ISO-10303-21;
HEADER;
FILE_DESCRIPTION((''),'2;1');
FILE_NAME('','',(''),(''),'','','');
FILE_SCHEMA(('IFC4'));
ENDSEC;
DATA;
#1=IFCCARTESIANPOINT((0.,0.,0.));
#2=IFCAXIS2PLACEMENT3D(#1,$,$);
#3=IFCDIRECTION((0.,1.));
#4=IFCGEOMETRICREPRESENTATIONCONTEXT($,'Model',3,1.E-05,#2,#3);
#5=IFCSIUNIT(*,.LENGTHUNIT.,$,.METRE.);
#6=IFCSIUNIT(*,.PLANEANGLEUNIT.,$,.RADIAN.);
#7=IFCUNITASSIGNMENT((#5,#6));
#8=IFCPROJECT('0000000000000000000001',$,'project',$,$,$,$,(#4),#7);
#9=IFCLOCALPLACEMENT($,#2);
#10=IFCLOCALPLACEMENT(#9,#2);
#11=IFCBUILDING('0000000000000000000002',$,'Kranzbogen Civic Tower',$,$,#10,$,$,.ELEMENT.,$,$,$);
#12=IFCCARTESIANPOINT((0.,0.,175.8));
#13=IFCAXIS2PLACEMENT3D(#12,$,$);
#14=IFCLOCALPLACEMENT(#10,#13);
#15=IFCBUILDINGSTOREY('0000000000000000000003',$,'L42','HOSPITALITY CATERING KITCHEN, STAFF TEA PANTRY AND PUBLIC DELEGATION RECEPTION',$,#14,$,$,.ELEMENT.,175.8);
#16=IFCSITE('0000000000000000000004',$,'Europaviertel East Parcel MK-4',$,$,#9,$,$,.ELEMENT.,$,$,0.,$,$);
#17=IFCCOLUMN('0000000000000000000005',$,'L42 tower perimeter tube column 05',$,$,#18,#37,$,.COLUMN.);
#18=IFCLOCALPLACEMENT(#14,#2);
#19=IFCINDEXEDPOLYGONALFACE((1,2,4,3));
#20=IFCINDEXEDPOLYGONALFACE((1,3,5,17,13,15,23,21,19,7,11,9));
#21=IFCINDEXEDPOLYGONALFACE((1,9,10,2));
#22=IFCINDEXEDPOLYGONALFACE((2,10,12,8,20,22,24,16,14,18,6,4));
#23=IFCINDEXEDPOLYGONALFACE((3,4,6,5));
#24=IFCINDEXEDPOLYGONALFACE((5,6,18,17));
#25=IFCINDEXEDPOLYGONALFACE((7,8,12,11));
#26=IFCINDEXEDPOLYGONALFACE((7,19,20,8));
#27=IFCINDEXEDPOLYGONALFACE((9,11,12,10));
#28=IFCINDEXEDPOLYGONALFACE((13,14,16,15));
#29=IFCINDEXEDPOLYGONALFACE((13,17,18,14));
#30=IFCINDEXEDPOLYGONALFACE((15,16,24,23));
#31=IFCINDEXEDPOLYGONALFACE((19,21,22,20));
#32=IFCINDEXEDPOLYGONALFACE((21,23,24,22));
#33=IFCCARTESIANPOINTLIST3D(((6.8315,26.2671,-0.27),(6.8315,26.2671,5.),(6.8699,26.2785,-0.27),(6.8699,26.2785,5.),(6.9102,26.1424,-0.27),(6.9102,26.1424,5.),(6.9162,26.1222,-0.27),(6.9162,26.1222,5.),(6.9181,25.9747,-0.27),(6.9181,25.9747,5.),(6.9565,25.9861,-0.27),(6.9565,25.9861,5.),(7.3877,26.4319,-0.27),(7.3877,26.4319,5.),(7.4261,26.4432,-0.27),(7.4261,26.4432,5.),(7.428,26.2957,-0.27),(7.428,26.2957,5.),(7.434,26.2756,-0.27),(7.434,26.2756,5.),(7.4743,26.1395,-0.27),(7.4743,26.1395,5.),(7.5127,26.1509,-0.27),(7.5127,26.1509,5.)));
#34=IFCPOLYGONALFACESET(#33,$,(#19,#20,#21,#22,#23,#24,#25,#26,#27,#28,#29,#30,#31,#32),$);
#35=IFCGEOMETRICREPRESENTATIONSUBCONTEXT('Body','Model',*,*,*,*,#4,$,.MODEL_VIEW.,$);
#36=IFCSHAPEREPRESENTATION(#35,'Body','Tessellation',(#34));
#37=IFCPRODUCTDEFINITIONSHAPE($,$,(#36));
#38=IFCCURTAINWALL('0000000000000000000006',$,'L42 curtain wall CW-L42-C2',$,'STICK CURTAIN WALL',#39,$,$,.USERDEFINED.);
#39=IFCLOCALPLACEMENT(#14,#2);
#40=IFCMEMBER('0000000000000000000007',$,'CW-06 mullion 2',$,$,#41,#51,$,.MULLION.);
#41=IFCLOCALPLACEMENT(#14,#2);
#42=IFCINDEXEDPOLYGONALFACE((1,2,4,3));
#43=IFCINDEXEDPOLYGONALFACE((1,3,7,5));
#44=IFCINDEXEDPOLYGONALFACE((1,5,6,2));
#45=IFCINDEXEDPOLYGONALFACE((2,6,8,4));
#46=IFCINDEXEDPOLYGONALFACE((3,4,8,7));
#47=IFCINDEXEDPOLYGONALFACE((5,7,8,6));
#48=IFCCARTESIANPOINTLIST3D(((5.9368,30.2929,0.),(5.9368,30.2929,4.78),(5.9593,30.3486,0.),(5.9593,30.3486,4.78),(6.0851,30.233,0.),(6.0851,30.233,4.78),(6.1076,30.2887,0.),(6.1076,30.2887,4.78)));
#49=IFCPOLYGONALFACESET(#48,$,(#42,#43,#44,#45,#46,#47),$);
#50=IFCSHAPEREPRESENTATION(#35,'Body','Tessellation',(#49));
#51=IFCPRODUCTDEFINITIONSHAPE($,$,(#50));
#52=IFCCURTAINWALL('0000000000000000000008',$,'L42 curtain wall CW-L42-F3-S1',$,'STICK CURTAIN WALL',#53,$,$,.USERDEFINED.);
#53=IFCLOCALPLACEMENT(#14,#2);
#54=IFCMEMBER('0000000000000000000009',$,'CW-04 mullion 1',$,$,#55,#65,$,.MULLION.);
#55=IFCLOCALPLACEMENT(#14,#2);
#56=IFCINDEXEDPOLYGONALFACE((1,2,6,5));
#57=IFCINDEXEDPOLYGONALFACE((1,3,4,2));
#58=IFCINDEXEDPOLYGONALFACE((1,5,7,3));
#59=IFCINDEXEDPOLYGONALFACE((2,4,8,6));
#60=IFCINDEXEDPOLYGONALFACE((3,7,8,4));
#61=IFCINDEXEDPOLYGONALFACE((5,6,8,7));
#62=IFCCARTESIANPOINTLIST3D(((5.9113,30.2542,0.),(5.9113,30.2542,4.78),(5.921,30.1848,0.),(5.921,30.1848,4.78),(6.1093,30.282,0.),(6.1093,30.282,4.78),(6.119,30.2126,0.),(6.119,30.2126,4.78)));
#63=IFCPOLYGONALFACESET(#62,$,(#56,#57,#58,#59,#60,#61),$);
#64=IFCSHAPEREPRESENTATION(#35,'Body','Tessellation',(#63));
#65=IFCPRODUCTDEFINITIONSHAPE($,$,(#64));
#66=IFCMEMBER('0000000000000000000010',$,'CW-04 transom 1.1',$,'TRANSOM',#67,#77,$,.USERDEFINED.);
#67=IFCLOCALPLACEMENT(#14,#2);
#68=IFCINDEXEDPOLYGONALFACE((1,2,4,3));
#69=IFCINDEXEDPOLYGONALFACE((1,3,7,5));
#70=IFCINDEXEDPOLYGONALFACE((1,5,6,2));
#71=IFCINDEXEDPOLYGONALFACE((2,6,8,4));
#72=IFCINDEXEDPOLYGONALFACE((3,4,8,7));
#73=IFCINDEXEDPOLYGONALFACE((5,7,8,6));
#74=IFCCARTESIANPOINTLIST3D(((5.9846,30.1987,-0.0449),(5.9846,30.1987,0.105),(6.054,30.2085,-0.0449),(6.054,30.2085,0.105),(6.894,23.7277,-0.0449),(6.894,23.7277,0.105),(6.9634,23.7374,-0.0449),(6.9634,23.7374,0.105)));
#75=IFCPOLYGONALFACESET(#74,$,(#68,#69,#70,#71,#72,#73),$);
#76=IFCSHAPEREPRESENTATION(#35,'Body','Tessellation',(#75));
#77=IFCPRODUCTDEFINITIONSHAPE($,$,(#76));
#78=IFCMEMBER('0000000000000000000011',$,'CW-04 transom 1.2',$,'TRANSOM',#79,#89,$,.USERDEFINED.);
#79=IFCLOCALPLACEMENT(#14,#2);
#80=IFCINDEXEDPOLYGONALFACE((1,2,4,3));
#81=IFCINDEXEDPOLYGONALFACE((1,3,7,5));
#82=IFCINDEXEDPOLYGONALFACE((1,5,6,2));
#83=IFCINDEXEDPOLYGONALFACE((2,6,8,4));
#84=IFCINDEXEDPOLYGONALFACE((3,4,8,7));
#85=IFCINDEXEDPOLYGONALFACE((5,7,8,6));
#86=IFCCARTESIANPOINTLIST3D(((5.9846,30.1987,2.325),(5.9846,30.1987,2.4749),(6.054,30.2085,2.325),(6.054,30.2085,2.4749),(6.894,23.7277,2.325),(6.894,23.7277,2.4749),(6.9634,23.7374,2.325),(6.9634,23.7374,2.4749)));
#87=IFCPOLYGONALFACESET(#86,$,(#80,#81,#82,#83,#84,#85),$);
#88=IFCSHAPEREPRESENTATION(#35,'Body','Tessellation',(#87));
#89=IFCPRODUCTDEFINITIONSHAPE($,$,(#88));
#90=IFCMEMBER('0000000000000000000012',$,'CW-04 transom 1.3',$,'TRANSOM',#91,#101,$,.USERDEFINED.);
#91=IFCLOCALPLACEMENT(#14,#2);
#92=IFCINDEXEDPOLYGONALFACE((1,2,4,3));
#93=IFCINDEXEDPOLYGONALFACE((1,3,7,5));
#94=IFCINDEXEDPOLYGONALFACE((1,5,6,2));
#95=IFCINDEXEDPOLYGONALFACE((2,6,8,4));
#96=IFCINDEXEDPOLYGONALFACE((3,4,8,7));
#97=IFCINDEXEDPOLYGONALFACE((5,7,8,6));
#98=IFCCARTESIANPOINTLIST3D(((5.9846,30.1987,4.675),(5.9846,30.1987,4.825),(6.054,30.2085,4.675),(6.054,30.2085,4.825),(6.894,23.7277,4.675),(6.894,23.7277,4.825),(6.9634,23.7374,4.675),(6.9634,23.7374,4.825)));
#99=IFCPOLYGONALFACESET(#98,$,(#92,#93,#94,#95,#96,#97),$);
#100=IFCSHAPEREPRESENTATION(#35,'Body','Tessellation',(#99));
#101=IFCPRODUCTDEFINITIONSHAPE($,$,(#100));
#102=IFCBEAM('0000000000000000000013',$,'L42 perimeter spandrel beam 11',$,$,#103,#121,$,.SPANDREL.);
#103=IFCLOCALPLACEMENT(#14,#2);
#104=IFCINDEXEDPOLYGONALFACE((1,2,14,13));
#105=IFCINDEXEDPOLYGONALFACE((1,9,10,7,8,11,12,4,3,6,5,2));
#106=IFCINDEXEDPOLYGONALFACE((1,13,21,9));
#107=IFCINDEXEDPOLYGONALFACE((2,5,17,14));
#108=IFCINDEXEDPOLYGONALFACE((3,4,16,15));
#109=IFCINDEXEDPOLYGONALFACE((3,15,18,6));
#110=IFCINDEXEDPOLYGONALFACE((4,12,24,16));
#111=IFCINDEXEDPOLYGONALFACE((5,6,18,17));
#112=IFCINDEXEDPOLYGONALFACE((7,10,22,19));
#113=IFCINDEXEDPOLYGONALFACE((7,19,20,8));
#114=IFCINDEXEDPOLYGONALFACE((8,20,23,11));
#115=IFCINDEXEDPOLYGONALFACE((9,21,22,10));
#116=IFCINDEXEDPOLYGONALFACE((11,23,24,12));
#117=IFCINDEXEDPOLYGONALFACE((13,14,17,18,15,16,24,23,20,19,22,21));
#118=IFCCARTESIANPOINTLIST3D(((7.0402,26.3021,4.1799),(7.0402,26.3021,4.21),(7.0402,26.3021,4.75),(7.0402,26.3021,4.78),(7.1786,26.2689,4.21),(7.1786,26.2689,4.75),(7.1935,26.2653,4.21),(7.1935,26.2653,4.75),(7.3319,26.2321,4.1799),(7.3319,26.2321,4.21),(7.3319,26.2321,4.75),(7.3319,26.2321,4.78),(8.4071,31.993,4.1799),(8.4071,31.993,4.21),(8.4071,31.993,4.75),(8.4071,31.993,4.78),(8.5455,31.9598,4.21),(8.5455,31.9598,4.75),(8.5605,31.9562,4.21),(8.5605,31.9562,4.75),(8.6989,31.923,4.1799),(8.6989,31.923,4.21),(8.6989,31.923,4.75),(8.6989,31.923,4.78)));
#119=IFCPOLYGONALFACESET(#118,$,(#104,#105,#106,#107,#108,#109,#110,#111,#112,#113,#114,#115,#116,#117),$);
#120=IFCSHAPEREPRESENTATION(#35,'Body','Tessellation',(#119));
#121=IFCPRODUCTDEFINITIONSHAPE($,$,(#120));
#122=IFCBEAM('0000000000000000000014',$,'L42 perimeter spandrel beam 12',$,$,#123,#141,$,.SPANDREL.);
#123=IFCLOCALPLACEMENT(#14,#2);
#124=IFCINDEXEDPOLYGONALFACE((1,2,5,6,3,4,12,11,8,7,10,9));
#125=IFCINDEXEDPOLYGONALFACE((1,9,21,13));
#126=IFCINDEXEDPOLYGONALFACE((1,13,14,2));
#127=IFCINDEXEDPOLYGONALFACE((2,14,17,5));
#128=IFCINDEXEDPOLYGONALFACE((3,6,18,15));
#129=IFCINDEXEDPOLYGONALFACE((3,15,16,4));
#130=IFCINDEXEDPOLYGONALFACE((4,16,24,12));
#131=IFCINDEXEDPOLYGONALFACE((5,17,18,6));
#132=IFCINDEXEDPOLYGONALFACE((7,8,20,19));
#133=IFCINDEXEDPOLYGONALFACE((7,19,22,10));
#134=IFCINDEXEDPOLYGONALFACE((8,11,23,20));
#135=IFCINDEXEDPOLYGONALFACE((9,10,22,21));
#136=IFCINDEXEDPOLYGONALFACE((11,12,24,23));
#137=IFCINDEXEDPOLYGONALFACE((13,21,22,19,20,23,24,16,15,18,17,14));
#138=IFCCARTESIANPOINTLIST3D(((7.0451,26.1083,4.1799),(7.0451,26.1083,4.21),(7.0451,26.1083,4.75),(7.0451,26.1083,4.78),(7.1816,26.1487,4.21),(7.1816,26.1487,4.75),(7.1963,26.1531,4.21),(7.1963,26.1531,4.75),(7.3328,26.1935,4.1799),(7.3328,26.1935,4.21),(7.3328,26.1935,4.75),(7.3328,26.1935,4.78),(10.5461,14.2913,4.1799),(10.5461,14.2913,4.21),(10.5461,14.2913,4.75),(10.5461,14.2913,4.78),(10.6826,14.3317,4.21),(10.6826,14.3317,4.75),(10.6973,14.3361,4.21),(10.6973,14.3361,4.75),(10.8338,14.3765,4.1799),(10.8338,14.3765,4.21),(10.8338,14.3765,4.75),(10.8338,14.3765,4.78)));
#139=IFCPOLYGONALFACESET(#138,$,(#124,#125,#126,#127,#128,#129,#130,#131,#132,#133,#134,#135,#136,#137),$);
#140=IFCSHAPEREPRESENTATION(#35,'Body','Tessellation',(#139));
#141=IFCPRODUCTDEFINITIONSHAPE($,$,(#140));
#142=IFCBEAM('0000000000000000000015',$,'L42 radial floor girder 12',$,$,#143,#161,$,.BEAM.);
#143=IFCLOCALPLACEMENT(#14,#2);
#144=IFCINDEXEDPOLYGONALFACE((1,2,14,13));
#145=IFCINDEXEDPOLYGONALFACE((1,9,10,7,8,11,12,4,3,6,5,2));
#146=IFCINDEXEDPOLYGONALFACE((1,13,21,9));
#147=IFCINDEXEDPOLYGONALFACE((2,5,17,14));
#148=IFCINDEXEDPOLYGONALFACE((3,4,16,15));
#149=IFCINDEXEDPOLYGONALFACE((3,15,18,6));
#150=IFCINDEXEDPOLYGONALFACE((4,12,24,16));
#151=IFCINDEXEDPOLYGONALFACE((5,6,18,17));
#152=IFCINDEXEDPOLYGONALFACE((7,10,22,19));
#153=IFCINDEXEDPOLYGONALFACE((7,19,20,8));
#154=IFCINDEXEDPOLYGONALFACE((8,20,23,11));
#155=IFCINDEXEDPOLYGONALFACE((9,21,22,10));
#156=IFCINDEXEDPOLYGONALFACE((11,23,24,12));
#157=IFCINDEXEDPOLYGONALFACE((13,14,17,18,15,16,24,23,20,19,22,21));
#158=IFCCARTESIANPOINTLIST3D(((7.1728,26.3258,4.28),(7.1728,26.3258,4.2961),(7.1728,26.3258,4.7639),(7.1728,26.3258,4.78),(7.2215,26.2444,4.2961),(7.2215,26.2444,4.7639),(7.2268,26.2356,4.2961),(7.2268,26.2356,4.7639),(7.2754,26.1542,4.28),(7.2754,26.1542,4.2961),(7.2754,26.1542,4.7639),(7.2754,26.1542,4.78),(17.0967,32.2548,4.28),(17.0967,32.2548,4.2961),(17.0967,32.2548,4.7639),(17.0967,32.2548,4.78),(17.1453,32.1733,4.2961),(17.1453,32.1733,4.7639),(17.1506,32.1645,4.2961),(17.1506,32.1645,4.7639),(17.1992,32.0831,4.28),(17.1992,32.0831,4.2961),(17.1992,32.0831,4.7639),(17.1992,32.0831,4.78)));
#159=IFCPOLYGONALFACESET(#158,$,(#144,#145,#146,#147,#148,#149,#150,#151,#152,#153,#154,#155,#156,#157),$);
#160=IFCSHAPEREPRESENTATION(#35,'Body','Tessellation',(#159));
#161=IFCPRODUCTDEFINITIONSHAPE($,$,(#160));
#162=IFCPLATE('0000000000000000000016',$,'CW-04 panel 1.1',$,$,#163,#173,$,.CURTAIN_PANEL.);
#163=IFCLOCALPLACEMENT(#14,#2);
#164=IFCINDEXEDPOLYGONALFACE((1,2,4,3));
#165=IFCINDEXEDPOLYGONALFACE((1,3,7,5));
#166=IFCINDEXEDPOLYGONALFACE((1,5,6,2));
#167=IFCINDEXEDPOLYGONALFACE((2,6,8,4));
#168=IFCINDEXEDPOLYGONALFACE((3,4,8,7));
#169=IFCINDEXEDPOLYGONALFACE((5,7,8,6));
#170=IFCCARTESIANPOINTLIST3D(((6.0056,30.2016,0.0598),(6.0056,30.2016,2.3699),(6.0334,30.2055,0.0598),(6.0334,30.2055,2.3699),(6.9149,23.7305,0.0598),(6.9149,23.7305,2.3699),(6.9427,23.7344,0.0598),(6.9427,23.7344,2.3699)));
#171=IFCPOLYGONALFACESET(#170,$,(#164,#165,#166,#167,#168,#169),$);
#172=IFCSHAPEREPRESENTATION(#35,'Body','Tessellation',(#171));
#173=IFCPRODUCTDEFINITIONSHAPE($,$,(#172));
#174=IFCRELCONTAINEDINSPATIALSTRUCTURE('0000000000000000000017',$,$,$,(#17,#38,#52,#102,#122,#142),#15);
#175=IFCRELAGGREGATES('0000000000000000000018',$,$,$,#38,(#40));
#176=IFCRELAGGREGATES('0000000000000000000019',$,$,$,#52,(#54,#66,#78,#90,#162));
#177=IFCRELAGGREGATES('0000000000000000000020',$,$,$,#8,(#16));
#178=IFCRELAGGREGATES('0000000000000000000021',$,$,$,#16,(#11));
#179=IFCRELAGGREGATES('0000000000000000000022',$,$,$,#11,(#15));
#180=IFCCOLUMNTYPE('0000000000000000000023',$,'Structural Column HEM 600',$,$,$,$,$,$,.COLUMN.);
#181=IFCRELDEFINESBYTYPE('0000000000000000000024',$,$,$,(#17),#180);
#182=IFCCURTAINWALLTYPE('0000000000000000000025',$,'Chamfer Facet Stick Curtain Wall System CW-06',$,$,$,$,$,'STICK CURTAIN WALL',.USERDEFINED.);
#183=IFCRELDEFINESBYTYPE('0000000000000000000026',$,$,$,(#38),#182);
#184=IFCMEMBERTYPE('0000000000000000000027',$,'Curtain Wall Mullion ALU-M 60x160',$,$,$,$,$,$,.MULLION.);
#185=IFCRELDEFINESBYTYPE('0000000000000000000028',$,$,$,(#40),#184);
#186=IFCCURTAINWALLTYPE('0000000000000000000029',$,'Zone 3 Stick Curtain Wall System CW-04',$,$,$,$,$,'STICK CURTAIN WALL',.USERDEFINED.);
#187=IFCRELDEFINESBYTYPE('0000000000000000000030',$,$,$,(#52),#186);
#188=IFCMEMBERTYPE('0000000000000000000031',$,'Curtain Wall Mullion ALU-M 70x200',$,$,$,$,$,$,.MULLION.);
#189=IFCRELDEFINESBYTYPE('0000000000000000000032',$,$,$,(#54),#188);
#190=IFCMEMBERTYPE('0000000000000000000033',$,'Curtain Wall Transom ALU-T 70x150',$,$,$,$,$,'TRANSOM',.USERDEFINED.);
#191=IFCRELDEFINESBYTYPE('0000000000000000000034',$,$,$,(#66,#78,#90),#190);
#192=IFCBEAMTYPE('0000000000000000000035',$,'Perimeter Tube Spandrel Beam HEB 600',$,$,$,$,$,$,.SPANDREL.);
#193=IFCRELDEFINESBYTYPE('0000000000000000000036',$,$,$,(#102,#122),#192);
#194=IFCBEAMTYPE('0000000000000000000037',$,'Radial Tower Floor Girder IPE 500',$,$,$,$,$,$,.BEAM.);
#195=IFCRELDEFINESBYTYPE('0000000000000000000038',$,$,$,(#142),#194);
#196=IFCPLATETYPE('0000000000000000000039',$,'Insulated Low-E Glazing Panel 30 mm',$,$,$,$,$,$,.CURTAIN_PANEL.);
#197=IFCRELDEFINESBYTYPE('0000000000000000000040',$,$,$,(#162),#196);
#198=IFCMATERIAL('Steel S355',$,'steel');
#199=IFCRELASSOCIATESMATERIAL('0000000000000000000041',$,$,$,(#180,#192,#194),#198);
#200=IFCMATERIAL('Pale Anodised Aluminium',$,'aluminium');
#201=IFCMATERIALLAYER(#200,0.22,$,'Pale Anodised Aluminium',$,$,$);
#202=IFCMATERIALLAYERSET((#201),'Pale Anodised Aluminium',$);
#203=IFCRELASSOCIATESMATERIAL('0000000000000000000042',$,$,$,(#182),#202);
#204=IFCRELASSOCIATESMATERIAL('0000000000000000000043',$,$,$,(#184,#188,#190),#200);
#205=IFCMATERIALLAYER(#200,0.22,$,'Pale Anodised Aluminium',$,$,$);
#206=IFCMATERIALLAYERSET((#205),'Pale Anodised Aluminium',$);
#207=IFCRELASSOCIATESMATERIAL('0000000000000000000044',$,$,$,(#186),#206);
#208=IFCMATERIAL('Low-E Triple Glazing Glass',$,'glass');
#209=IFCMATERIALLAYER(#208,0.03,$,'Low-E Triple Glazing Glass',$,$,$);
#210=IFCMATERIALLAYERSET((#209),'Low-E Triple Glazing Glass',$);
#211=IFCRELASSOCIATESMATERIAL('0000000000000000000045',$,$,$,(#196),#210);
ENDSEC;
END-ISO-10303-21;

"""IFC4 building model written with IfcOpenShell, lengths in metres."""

from ifc_helpers import new_model, si_unit, direction, frame, origin, origin_2d, place, context, subcontext, project, spatial, rectangle, i_section, extrude, material, layer, layer_set, material_profile, profile_set, type_object, element, aggregate, save


model = new_model("IFC4")

# Units and contexts
model_context = context("Model", 3, precision=1e-05, world=origin(), true_north=direction((0.0, 1.0)))
body_context = subcontext(model_context, "Body", "Model", "MODEL_VIEW")
ifc_project = project(units=[si_unit("LENGTHUNIT", "METRE"), si_unit("PLANEANGLEUNIT", "RADIAN")], contexts=[model_context])

# Site, building, storey
site_placement = place(None, origin())
site = spatial("IfcSite", under=ifc_project, at=site_placement, Name="Europaviertel East Parcel MK-4", CompositionType="ELEMENT", RefElevation=0.0)
building_placement = place(site_placement, origin())
building = spatial("IfcBuilding", under=site, at=building_placement, Name="Kranzbogen Civic Tower", CompositionType="ELEMENT")
storey_placement = place(building_placement, frame((0.0, 0.0, 175.8)))
storey = spatial("IfcBuildingStorey", under=building, at=storey_placement, Name="L42", Description="HOSPITALITY CATERING KITCHEN, STAFF TEA PANTRY AND PUBLIC DELEGATION RECEPTION", CompositionType="ELEMENT", Elevation=175.8)

# Column
ifc_material_1 = material(Name="Steel S355", Category="steel")
ifc_material_profile_1 = material_profile(ifc_material_1, i_section(OverallWidth=0.3049, OverallDepth=0.6201, WebThickness=0.021, FlangeThickness=0.04, at=origin_2d()), Name="HEM 600")
ifc_profile_set_1 = profile_set([ifc_material_profile_1], Name="Steel S355")
column_type = type_object("IfcColumnType", Name="Structural Column HEM 600", PredefinedType="COLUMN", material=ifc_profile_set_1)
column_placement = place(storey_placement, frame((7.1721, 26.209, -0.27), z_axis=(0.0, 0.0, 1.0), x_axis=(-0.284015, 0.95882, 0.0)))
element("IfcColumn", 1, at=column_placement, inside=storey, type_object=column_type, Name="L42 tower perimeter tube column 05", PredefinedType="COLUMN", context=body_context, shape_type="SweptSolid", body=[
    extrude(i_section(OverallWidth=0.3049, OverallDepth=0.6201, WebThickness=0.021, FlangeThickness=0.04, at=origin_2d()), origin(), (0.0, 0.0, 1.0), 5.27),
])

# Curtain wall, member
ifc_material_2 = material(Name="Pale Anodised Aluminium", Category="aluminium")
ifc_layer_1 = layer(ifc_material_2, 0.22, Name="Pale Anodised Aluminium")
ifc_layer_set_1 = layer_set([ifc_layer_1], Name="Pale Anodised Aluminium")
curtain_wall_type_1 = type_object("IfcCurtainWallType", Name="Chamfer Facet Stick Curtain Wall System CW-06", ElementType="STICK CURTAIN WALL", PredefinedType="USERDEFINED", material=ifc_layer_set_1)
curtain_wall_1_placement = place(storey_placement, origin())
curtain_wall_1 = element("IfcCurtainWall", 2, at=curtain_wall_1_placement, inside=storey, type_object=curtain_wall_type_1, Name="L42 curtain wall CW-L42-C2", ObjectType="STICK CURTAIN WALL", PredefinedType="USERDEFINED")
ifc_material_profile_2 = material_profile(ifc_material_2, rectangle(XDim=0.0601, YDim=0.1599, at=origin_2d()), Name="ALU-M 60x160")
ifc_profile_set_2 = profile_set([ifc_material_profile_2], Name="Pale Anodised Aluminium")
member_type_1 = type_object("IfcMemberType", Name="Curtain Wall Mullion ALU-M 60x160", PredefinedType="MULLION", material=ifc_profile_set_2)
member_1_placement = place(storey_placement, frame((6.0222, 30.2908, 0.0), z_axis=(0.0, 0.0, 1.0), x_axis=(-0.374707, -0.927143, 0.0)))
member_1 = element("IfcMember", 3, at=member_1_placement, type_object=member_type_1, Name="CW-06 mullion 2", PredefinedType="MULLION", context=body_context, shape_type="SweptSolid", body=[
    extrude(rectangle(XDim=0.0601, YDim=0.1599, at=origin_2d()), origin(), (0.0, 0.0, 1.0), 4.78),
])
aggregate(curtain_wall_1, [member_1])

# Curtain wall, members
ifc_layer_2 = layer(ifc_material_2, 0.22, Name="Pale Anodised Aluminium")
ifc_layer_set_2 = layer_set([ifc_layer_2], Name="Pale Anodised Aluminium")
curtain_wall_type_2 = type_object("IfcCurtainWallType", Name="Zone 3 Stick Curtain Wall System CW-04", ElementType="STICK CURTAIN WALL", PredefinedType="USERDEFINED", material=ifc_layer_set_2)
curtain_wall_2_placement = place(storey_placement, origin())
curtain_wall_2 = element("IfcCurtainWall", 4, at=curtain_wall_2_placement, inside=storey, type_object=curtain_wall_type_2, Name="L42 curtain wall CW-L42-F3-S1", ObjectType="STICK CURTAIN WALL", PredefinedType="USERDEFINED")
ifc_material_profile_3 = material_profile(ifc_material_2, rectangle(XDim=0.0701, YDim=0.2, at=origin_2d()), Name="ALU-M 70x200")
ifc_profile_set_3 = profile_set([ifc_material_profile_3], Name="Pale Anodised Aluminium")
member_type_2 = type_object("IfcMemberType", Name="Curtain Wall Mullion ALU-M 70x200", PredefinedType="MULLION", material=ifc_profile_set_3)
member_2_placement = place(storey_placement, frame((6.0151, 30.2334, 0.0), z_axis=(0.0, 0.0, 1.0), x_axis=(0.139149, -0.990271, 0.0)))
member_2 = element("IfcMember", 5, at=member_2_placement, type_object=member_type_2, Name="CW-04 mullion 1", PredefinedType="MULLION", context=body_context, shape_type="SweptSolid", body=[
    extrude(rectangle(XDim=0.0701, YDim=0.2, at=origin_2d()), origin(), (0.0, 0.0, 1.0), 4.78),
])
ifc_material_profile_4 = material_profile(ifc_material_2, rectangle(XDim=0.0701, YDim=0.1499, at=origin_2d()), Name="ALU-T 70x150")
ifc_profile_set_4 = profile_set([ifc_material_profile_4], Name="Pale Anodised Aluminium")
member_type_3 = type_object("IfcMemberType", Name="Curtain Wall Transom ALU-T 70x150", ElementType="TRANSOM", PredefinedType="USERDEFINED", material=ifc_profile_set_4)
member_3_placement = place(storey_placement, frame((6.0193, 30.2036, 0.03), z_axis=(0.139167, -0.990269, 0.0), x_axis=(0.990269, 0.139167, 0.0)))
member_3 = element("IfcMember", 6, at=member_3_placement, type_object=member_type_3, Name="CW-04 transom 1.1", ObjectType="TRANSOM", PredefinedType="USERDEFINED", context=body_context, shape_type="SweptSolid", body=[
    extrude(rectangle(XDim=0.0701, YDim=0.1499, at=origin_2d()), origin(), (0.0, 0.0, 1.0), 6.5347),
])
member_4_placement = place(storey_placement, frame((6.0193, 30.2036, 2.3999), z_axis=(0.139167, -0.990269, 0.0), x_axis=(0.990269, 0.139167, 0.0)))
member_4 = element("IfcMember", 7, at=member_4_placement, type_object=member_type_3, Name="CW-04 transom 1.2", ObjectType="TRANSOM", PredefinedType="USERDEFINED", context=body_context, shape_type="SweptSolid", body=[
    extrude(rectangle(XDim=0.0701, YDim=0.1499, at=origin_2d()), origin(), (0.0, 0.0, 1.0), 6.5347),
])
member_5_placement = place(storey_placement, frame((6.0193, 30.2036, 4.75), z_axis=(0.139167, -0.990269, 0.0), x_axis=(0.990269, 0.139167, 0.0)))
member_5 = element("IfcMember", 8, at=member_5_placement, type_object=member_type_3, Name="CW-04 transom 1.3", ObjectType="TRANSOM", PredefinedType="USERDEFINED", context=body_context, shape_type="SweptSolid", body=[
    extrude(rectangle(XDim=0.0701, YDim=0.1499, at=origin_2d()), origin(), (0.0, 0.0, 1.0), 6.5347),
])

# Beams
ifc_material_profile_5 = material_profile(ifc_material_1, i_section(OverallWidth=0.3, OverallDepth=0.6001, WebThickness=0.0154, FlangeThickness=0.03, at=origin_2d()), Name="HEB 600")
ifc_profile_set_5 = profile_set([ifc_material_profile_5], Name="Steel S355")
beam_type_1 = type_object("IfcBeamType", Name="Perimeter Tube Spandrel Beam HEB 600", PredefinedType="SPANDREL", material=ifc_profile_set_5)
beam_1_placement = place(storey_placement, frame((8.553, 31.958, 4.48), z_axis=(-0.233554, -0.972344, 0.0), x_axis=(0.972344, -0.233554, 0.0)))
element("IfcBeam", 9, at=beam_1_placement, inside=storey, type_object=beam_type_1, Name="L42 perimeter spandrel beam 11", PredefinedType="SPANDREL", context=body_context, shape_type="SweptSolid", body=[
    extrude(i_section(OverallWidth=0.3, OverallDepth=0.6001, WebThickness=0.0154, FlangeThickness=0.03, at=origin_2d()), origin(), (0.0, 0.0, 1.0), 5.8528),
])
beam_2_placement = place(storey_placement, frame((7.189, 26.1509, 4.48), z_axis=(0.284064, -0.958805, 0.0), x_axis=(0.958805, 0.284064, 0.0)))
element("IfcBeam", 10, at=beam_2_placement, inside=storey, type_object=beam_type_1, Name="L42 perimeter spandrel beam 12", PredefinedType="SPANDREL", context=body_context, shape_type="SweptSolid", body=[
    extrude(i_section(OverallWidth=0.3, OverallDepth=0.6001, WebThickness=0.0154, FlangeThickness=0.03, at=origin_2d()), origin(), (0.0, 0.0, 1.0), 12.3247),
])
ifc_material_profile_6 = material_profile(ifc_material_1, i_section(OverallWidth=0.2, OverallDepth=0.5, WebThickness=0.0103, FlangeThickness=0.0161, at=origin_2d()), Name="IPE 500")
ifc_profile_set_6 = profile_set([ifc_material_profile_6], Name="Steel S355")
beam_type_2 = type_object("IfcBeamType", Name="Radial Tower Floor Girder IPE 500", PredefinedType="BEAM", material=ifc_profile_set_6)
beam_3_placement = place(storey_placement, frame((7.2241, 26.24, 4.53), z_axis=(0.858459, 0.512883, 0.0), x_axis=(-0.512883, 0.858459, 0.0)))
element("IfcBeam", 11, at=beam_3_placement, inside=storey, type_object=beam_type_2, Name="L42 radial floor girder 12", PredefinedType="BEAM", context=body_context, shape_type="SweptSolid", body=[
    extrude(i_section(OverallWidth=0.2, OverallDepth=0.5, WebThickness=0.0103, FlangeThickness=0.0161, at=origin_2d()), origin(), (0.0, 0.0, 1.0), 11.5601),
])

# Plate
ifc_material_3 = material(Name="Low-E Triple Glazing Glass", Category="glass")
ifc_layer_3 = layer(ifc_material_3, 0.03, Name="Low-E Triple Glazing Glass")
ifc_layer_set_3 = layer_set([ifc_layer_3], Name="Low-E Triple Glazing Glass")
plate_type = type_object("IfcPlateType", Name="Insulated Low-E Glazing Panel 30 mm", PredefinedType="CURTAIN_PANEL", material=ifc_layer_set_3)
plate_1_placement = place(storey_placement, frame((6.4741, 26.968, 0.0598), z_axis=(0.0, 0.0, 1.0), x_axis=(0.139149, -0.990271, 0.0)))
plate_1 = element("IfcPlate", 12, at=plate_1_placement, type_object=plate_type, Name="CW-04 panel 1.1", PredefinedType="CURTAIN_PANEL", context=body_context, shape_type="SweptSolid", body=[
    extrude(rectangle(XDim=6.5347, YDim=0.0281, at=origin_2d()), origin(), (0.0, 0.0, 1.0), 2.3101),
])
aggregate(curtain_wall_2, [member_2, member_3, member_4, member_5, plate_1])

save(model, "model.ifc")
